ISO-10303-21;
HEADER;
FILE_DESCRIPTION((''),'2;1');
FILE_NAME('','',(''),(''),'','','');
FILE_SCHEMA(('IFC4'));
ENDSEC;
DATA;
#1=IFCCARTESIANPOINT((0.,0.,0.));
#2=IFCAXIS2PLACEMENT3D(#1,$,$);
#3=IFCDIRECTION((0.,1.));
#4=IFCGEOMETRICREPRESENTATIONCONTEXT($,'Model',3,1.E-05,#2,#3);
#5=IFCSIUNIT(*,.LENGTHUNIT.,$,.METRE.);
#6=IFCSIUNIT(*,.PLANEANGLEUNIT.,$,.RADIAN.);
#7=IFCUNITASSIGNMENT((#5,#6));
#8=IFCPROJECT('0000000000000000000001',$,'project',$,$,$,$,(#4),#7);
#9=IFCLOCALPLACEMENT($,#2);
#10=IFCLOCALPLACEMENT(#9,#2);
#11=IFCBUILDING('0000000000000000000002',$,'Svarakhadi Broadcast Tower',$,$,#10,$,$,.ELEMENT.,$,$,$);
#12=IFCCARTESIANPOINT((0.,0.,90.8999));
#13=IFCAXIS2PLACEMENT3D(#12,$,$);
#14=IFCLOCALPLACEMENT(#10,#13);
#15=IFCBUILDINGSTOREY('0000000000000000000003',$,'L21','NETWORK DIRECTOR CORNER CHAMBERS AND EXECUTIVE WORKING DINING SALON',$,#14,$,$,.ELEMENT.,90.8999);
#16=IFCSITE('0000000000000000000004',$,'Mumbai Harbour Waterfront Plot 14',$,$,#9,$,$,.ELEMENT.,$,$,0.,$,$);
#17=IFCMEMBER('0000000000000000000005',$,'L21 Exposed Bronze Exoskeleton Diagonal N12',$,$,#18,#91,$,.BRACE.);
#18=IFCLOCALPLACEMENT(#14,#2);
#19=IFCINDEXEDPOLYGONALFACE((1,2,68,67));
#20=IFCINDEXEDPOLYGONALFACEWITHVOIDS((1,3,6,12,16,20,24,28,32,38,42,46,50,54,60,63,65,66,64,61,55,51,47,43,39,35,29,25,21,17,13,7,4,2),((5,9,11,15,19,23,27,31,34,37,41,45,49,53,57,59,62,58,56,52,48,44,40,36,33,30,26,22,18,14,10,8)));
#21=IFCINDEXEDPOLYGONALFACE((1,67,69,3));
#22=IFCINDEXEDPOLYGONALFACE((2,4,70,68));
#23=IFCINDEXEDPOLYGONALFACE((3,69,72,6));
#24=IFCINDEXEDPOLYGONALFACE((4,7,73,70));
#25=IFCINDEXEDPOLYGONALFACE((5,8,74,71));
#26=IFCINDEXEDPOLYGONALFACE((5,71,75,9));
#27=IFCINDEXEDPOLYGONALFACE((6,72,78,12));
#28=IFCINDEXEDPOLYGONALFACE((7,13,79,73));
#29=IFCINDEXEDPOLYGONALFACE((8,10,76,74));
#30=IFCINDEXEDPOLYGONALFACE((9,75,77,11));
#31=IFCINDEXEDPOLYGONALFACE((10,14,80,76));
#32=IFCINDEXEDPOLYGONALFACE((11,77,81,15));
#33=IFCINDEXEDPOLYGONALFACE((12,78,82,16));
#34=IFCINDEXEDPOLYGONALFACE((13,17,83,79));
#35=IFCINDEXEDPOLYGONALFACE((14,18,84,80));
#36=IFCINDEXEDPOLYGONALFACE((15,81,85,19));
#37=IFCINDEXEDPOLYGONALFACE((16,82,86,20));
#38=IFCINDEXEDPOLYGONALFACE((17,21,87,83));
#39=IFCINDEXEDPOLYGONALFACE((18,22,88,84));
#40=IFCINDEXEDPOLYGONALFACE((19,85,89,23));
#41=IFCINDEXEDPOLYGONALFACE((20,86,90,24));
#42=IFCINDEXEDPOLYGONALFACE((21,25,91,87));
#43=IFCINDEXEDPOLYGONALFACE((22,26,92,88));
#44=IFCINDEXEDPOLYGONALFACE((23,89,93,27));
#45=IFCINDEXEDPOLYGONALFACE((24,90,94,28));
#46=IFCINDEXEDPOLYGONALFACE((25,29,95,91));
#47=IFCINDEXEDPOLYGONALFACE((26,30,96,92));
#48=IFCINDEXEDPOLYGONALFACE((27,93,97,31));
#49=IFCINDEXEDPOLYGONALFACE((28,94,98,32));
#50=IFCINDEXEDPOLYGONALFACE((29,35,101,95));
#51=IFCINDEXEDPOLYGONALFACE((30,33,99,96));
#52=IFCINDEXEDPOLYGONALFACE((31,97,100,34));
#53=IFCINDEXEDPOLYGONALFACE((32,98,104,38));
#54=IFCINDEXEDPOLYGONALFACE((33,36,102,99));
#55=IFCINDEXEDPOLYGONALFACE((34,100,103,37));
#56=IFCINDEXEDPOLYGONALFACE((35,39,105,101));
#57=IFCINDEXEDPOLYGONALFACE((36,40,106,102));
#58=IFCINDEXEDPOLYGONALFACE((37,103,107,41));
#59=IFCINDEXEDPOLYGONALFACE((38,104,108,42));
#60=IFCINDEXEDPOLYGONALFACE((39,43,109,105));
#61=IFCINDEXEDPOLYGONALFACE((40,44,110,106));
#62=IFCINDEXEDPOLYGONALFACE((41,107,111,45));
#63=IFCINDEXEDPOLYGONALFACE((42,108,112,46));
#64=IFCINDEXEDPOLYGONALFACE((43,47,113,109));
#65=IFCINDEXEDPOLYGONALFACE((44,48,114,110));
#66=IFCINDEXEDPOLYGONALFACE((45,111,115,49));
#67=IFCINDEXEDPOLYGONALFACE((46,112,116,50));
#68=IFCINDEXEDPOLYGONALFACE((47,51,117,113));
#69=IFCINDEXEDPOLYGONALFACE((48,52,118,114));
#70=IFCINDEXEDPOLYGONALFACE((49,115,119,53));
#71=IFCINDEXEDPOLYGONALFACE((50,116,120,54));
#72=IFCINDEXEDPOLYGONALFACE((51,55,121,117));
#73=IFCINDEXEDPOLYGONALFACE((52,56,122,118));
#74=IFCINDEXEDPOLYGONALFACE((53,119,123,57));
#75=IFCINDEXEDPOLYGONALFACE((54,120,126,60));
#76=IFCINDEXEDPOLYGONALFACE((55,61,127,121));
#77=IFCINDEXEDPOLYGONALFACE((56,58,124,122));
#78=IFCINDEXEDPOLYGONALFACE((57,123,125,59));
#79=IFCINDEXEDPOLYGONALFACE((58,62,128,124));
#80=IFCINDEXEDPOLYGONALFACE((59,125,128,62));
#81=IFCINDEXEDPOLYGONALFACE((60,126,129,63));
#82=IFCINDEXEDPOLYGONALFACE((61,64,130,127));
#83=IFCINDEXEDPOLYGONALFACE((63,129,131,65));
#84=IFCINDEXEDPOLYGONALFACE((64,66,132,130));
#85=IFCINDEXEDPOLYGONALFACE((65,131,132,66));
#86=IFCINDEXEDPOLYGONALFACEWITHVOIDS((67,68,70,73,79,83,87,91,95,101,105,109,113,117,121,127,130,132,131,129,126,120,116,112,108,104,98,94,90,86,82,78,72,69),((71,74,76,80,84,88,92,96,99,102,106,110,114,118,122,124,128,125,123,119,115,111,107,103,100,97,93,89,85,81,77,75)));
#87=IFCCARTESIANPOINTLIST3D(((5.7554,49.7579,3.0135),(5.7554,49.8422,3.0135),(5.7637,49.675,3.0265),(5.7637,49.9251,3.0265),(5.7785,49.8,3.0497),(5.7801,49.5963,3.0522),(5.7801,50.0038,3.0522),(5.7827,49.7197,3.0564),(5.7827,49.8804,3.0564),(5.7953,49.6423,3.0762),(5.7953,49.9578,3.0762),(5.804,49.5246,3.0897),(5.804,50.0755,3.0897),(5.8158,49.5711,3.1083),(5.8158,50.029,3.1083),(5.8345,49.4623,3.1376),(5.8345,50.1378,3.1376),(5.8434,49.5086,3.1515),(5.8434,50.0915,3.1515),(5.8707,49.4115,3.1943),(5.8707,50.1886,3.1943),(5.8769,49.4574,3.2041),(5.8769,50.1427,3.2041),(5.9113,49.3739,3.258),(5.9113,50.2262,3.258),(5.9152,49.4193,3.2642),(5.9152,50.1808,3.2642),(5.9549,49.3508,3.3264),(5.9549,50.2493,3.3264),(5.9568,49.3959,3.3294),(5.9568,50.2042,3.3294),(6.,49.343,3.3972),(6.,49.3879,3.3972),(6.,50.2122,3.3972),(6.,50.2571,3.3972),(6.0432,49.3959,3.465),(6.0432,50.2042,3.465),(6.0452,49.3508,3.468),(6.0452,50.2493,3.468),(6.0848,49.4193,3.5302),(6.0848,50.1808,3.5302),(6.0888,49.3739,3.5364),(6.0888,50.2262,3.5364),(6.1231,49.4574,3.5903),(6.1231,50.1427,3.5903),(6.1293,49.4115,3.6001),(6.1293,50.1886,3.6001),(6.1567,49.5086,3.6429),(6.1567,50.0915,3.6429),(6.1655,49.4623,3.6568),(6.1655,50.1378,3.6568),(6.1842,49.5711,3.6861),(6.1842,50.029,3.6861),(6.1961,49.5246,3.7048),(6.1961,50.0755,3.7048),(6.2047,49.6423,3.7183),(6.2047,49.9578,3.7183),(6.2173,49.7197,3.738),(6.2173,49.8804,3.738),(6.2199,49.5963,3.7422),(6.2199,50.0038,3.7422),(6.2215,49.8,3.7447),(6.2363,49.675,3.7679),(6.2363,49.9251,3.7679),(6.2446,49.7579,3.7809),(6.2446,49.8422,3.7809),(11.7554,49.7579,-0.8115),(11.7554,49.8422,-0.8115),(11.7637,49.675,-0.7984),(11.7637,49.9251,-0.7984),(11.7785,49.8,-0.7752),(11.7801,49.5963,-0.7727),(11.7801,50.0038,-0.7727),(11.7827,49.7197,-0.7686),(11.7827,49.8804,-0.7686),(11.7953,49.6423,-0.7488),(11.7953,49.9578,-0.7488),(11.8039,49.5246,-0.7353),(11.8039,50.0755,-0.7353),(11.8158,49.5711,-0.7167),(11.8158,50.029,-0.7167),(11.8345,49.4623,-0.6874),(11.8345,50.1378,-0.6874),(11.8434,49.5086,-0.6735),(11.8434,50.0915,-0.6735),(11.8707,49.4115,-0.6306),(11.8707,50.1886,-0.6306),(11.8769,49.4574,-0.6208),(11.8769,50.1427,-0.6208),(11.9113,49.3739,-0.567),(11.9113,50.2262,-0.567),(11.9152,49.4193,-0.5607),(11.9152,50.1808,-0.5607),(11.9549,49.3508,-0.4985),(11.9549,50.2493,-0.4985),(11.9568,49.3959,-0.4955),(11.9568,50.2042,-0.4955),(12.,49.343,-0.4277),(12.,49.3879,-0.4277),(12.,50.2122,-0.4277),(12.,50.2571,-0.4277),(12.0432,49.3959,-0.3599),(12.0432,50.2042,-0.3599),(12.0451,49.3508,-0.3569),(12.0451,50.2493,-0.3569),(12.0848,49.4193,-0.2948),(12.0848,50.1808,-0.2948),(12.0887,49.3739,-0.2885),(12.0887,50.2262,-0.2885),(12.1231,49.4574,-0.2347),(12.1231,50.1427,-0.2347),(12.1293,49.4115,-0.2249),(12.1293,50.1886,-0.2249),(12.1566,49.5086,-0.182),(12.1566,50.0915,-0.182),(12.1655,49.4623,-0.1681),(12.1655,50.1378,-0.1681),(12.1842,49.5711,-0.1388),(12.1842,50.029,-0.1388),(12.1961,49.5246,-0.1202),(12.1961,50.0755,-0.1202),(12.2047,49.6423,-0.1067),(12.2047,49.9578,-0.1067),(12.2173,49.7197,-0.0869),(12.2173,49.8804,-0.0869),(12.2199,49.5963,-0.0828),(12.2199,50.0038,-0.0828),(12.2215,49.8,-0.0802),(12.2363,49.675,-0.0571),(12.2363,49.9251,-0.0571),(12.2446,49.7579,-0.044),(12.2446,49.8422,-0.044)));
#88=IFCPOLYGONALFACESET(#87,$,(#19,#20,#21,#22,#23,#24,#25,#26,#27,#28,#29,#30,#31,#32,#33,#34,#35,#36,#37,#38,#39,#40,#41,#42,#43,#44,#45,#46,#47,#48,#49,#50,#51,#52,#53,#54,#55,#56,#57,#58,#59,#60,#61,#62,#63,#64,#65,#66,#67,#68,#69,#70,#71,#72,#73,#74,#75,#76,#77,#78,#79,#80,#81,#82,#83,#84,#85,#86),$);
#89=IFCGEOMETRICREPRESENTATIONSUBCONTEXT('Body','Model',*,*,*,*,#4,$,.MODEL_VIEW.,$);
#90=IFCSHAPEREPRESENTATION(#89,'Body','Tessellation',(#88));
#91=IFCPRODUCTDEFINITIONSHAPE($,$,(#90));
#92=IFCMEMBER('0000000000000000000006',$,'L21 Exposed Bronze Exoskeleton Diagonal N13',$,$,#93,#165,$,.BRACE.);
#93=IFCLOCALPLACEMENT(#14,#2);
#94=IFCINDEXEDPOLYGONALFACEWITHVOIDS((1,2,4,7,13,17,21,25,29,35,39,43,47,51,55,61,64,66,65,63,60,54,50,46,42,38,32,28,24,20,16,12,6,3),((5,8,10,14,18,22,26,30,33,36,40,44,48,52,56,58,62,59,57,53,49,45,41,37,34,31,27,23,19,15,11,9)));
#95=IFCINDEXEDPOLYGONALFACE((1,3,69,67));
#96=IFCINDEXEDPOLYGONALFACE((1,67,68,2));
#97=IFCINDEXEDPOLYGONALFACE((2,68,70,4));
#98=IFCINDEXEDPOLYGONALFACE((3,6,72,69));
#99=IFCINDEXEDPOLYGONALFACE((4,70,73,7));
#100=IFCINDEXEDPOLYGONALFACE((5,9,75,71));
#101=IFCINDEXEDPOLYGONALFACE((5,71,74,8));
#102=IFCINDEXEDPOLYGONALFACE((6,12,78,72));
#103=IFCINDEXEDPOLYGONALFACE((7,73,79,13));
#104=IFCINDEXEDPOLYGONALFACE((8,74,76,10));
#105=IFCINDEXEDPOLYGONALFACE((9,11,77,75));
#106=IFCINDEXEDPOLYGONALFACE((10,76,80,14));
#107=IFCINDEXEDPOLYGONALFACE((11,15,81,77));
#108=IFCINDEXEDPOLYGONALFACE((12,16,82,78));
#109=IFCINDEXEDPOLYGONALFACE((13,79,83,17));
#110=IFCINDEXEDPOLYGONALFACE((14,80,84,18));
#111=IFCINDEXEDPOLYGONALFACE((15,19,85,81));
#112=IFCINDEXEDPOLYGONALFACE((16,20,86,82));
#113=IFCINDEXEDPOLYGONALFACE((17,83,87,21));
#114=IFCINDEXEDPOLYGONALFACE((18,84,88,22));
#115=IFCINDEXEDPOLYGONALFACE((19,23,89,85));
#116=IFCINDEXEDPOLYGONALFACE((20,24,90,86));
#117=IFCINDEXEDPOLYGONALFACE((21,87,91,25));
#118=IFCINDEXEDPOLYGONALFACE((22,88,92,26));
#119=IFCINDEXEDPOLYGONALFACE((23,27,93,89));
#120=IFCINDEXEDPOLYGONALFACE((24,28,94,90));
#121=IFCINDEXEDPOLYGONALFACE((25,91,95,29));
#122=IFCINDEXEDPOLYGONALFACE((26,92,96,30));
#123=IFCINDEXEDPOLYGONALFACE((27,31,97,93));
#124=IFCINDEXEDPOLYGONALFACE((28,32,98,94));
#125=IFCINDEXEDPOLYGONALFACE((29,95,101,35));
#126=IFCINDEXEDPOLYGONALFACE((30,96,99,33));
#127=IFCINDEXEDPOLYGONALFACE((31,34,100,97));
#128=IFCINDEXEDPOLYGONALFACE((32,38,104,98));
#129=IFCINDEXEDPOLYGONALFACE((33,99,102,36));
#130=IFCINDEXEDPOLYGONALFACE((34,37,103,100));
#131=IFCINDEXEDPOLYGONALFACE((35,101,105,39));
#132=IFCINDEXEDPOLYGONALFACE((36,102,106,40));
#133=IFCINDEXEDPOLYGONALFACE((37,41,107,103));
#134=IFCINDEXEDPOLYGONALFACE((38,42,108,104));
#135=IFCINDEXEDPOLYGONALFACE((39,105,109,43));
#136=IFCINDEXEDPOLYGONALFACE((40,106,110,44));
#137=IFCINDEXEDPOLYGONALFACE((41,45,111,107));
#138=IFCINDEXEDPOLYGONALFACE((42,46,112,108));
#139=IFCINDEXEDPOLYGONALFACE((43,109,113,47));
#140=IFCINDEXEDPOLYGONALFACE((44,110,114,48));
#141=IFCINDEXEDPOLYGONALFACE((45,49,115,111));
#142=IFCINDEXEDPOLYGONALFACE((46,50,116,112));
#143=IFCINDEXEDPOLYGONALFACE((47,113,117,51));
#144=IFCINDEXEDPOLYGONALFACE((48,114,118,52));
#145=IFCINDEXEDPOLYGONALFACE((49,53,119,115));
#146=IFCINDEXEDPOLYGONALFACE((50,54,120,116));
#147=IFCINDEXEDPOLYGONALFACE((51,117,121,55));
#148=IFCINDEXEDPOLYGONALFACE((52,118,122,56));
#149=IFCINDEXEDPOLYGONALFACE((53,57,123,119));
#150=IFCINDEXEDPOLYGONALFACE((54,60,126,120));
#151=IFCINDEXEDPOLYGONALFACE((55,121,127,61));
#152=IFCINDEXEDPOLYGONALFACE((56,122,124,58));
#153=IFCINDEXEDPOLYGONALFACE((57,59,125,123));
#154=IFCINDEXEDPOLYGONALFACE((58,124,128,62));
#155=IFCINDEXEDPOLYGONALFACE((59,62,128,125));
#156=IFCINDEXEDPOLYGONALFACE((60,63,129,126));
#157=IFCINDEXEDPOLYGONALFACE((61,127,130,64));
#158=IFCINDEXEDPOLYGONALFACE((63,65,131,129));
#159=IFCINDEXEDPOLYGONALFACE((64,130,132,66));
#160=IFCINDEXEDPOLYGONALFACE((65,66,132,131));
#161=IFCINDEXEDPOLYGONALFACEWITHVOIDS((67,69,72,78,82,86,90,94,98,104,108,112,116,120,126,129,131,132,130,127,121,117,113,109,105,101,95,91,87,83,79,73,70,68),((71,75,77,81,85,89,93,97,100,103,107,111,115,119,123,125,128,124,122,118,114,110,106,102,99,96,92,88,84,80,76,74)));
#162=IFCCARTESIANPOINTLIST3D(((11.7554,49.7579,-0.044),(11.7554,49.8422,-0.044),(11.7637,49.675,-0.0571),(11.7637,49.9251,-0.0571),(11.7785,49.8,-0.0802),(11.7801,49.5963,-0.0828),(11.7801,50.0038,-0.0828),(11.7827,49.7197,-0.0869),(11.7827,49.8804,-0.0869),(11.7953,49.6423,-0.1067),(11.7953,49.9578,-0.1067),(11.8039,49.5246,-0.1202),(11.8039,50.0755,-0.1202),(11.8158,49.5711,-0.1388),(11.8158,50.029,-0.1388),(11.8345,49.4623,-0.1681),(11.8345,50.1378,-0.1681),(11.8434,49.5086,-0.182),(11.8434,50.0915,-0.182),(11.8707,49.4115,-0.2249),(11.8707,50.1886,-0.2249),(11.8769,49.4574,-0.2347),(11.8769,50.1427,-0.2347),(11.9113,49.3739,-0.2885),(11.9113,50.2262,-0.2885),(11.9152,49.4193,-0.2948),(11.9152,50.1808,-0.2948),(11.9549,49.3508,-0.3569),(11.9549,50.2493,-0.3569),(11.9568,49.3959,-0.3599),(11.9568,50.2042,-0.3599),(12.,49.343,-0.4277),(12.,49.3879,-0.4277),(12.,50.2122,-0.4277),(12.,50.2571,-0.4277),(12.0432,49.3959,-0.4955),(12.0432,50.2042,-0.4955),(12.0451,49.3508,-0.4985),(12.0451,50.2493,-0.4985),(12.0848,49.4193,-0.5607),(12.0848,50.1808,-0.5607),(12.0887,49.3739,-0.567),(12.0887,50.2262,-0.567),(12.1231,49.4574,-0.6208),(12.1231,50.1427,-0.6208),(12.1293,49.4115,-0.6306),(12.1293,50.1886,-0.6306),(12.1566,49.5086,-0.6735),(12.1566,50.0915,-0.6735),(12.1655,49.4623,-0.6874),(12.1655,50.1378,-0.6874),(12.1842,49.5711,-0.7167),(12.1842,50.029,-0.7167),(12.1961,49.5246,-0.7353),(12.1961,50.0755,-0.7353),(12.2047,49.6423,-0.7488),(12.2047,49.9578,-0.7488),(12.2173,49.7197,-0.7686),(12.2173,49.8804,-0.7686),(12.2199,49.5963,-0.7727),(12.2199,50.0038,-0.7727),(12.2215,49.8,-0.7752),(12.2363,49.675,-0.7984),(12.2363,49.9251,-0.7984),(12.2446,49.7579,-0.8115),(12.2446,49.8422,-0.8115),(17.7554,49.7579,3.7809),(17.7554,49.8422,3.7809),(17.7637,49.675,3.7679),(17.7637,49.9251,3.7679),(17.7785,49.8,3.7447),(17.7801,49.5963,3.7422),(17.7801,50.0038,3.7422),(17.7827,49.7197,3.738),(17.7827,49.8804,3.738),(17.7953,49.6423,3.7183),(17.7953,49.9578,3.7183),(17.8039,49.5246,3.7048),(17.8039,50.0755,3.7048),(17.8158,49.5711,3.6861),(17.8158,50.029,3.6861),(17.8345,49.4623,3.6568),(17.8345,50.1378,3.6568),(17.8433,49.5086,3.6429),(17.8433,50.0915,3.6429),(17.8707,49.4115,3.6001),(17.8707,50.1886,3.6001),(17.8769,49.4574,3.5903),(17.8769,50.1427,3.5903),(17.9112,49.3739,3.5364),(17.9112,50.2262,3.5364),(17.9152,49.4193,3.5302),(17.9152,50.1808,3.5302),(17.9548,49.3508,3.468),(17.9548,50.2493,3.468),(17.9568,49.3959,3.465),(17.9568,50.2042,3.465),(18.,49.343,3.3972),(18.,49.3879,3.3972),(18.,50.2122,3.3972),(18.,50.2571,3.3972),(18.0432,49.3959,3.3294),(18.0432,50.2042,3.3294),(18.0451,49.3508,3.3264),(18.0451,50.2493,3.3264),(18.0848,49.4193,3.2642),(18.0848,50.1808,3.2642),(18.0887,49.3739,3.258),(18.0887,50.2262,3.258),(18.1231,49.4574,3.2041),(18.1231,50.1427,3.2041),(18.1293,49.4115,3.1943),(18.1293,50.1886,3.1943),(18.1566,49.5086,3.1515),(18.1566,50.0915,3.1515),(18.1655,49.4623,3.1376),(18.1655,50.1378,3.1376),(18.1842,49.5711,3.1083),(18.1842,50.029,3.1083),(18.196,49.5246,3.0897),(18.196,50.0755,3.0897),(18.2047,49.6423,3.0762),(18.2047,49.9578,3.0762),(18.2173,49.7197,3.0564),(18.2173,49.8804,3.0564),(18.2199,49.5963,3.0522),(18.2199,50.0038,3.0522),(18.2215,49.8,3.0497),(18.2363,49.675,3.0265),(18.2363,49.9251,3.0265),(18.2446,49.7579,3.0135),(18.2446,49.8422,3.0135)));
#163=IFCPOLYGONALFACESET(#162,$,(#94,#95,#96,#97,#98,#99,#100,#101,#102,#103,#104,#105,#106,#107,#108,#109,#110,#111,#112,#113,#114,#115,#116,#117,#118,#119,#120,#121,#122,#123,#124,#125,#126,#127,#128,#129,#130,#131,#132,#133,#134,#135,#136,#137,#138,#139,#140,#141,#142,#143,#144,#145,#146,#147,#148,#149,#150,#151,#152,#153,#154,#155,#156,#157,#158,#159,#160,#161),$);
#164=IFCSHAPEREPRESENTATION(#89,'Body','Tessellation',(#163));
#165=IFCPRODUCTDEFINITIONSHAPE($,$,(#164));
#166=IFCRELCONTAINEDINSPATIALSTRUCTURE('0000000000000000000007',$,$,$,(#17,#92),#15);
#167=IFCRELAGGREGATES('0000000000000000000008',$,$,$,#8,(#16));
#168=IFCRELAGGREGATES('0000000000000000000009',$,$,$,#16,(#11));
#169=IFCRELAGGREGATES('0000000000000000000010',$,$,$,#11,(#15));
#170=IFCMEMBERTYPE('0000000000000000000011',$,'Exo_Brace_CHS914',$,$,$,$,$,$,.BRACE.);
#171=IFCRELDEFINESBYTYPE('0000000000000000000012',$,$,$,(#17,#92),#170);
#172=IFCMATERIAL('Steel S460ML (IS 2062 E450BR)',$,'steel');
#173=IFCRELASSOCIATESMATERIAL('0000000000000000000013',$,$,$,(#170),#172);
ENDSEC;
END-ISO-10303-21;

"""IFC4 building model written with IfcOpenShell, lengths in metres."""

from ifc_helpers import new_model, si_unit, direction, frame, origin, origin_2d, place, context, subcontext, project, spatial, hollow_circle, extrude, material, material_profile, profile_set, type_object, element, save


model = new_model("IFC4")

# Units and contexts
model_context = context("Model", 3, precision=1e-05, world=origin(), true_north=direction((0.0, 1.0)))
body_context = subcontext(model_context, "Body", "Model", "MODEL_VIEW")
ifc_project = project(units=[si_unit("LENGTHUNIT", "METRE"), si_unit("PLANEANGLEUNIT", "RADIAN")], contexts=[model_context])

# Site, building, storey
site_placement = place(None, origin())
site = spatial("IfcSite", under=ifc_project, at=site_placement, Name="Mumbai Harbour Waterfront Plot 14", CompositionType="ELEMENT", RefElevation=0.0)
building_placement = place(site_placement, origin())
building = spatial("IfcBuilding", under=site, at=building_placement, Name="Svarakhadi Broadcast Tower", CompositionType="ELEMENT")
storey_placement = place(building_placement, frame((0.0, 0.0, 90.8999)))
storey = spatial("IfcBuildingStorey", under=building, at=storey_placement, Name="L21", Description="NETWORK DIRECTOR CORNER CHAMBERS AND EXECUTIVE WORKING DINING SALON", CompositionType="ELEMENT", Elevation=90.8999)

# Shared definitions
ifc_material_1 = material(Name="Steel S460ML (IS 2062 E450BR)", Category="steel")

# Members
ifc_material_profile_1 = material_profile(ifc_material_1, hollow_circle(Radius=0.457, WallThickness=0.0449, at=origin_2d()), Name="CHS 914x45")
ifc_profile_set_1 = profile_set([ifc_material_profile_1], Name="Steel S460ML (IS 2062 E450BR)")
member_type_1 = type_object("IfcMemberType", Name="Exo_Brace_CHS914", PredefinedType="BRACE", material=ifc_profile_set_1)
for number, where, z_axis, x_axis, name in (
    (1, (12.0, 49.8, -0.4277), (-0.84323, 0.0, 0.537552), (0.0, -1.0, 0.0), "L21 Exposed Bronze Exoskeleton Diagonal N12"),
    (2, (12.0, 49.8, -0.4277), (0.84323, 0.0, 0.537552), (0.0, 1.0, 0.0), "L21 Exposed Bronze Exoskeleton Diagonal N13"),
):
    element("IfcMember", number, at=place(storey_placement, frame(where, z_axis=z_axis, x_axis=x_axis)), inside=storey, type_object=member_type_1, Name=name, PredefinedType="BRACE", context=body_context, shape_type="SweptSolid", body=[
        extrude(hollow_circle(Radius=0.457, WallThickness=0.0449, at=origin_2d()), origin(), (0.0, 0.0, 1.0), 7.1155),
    ])

save(model, "model.ifc")
